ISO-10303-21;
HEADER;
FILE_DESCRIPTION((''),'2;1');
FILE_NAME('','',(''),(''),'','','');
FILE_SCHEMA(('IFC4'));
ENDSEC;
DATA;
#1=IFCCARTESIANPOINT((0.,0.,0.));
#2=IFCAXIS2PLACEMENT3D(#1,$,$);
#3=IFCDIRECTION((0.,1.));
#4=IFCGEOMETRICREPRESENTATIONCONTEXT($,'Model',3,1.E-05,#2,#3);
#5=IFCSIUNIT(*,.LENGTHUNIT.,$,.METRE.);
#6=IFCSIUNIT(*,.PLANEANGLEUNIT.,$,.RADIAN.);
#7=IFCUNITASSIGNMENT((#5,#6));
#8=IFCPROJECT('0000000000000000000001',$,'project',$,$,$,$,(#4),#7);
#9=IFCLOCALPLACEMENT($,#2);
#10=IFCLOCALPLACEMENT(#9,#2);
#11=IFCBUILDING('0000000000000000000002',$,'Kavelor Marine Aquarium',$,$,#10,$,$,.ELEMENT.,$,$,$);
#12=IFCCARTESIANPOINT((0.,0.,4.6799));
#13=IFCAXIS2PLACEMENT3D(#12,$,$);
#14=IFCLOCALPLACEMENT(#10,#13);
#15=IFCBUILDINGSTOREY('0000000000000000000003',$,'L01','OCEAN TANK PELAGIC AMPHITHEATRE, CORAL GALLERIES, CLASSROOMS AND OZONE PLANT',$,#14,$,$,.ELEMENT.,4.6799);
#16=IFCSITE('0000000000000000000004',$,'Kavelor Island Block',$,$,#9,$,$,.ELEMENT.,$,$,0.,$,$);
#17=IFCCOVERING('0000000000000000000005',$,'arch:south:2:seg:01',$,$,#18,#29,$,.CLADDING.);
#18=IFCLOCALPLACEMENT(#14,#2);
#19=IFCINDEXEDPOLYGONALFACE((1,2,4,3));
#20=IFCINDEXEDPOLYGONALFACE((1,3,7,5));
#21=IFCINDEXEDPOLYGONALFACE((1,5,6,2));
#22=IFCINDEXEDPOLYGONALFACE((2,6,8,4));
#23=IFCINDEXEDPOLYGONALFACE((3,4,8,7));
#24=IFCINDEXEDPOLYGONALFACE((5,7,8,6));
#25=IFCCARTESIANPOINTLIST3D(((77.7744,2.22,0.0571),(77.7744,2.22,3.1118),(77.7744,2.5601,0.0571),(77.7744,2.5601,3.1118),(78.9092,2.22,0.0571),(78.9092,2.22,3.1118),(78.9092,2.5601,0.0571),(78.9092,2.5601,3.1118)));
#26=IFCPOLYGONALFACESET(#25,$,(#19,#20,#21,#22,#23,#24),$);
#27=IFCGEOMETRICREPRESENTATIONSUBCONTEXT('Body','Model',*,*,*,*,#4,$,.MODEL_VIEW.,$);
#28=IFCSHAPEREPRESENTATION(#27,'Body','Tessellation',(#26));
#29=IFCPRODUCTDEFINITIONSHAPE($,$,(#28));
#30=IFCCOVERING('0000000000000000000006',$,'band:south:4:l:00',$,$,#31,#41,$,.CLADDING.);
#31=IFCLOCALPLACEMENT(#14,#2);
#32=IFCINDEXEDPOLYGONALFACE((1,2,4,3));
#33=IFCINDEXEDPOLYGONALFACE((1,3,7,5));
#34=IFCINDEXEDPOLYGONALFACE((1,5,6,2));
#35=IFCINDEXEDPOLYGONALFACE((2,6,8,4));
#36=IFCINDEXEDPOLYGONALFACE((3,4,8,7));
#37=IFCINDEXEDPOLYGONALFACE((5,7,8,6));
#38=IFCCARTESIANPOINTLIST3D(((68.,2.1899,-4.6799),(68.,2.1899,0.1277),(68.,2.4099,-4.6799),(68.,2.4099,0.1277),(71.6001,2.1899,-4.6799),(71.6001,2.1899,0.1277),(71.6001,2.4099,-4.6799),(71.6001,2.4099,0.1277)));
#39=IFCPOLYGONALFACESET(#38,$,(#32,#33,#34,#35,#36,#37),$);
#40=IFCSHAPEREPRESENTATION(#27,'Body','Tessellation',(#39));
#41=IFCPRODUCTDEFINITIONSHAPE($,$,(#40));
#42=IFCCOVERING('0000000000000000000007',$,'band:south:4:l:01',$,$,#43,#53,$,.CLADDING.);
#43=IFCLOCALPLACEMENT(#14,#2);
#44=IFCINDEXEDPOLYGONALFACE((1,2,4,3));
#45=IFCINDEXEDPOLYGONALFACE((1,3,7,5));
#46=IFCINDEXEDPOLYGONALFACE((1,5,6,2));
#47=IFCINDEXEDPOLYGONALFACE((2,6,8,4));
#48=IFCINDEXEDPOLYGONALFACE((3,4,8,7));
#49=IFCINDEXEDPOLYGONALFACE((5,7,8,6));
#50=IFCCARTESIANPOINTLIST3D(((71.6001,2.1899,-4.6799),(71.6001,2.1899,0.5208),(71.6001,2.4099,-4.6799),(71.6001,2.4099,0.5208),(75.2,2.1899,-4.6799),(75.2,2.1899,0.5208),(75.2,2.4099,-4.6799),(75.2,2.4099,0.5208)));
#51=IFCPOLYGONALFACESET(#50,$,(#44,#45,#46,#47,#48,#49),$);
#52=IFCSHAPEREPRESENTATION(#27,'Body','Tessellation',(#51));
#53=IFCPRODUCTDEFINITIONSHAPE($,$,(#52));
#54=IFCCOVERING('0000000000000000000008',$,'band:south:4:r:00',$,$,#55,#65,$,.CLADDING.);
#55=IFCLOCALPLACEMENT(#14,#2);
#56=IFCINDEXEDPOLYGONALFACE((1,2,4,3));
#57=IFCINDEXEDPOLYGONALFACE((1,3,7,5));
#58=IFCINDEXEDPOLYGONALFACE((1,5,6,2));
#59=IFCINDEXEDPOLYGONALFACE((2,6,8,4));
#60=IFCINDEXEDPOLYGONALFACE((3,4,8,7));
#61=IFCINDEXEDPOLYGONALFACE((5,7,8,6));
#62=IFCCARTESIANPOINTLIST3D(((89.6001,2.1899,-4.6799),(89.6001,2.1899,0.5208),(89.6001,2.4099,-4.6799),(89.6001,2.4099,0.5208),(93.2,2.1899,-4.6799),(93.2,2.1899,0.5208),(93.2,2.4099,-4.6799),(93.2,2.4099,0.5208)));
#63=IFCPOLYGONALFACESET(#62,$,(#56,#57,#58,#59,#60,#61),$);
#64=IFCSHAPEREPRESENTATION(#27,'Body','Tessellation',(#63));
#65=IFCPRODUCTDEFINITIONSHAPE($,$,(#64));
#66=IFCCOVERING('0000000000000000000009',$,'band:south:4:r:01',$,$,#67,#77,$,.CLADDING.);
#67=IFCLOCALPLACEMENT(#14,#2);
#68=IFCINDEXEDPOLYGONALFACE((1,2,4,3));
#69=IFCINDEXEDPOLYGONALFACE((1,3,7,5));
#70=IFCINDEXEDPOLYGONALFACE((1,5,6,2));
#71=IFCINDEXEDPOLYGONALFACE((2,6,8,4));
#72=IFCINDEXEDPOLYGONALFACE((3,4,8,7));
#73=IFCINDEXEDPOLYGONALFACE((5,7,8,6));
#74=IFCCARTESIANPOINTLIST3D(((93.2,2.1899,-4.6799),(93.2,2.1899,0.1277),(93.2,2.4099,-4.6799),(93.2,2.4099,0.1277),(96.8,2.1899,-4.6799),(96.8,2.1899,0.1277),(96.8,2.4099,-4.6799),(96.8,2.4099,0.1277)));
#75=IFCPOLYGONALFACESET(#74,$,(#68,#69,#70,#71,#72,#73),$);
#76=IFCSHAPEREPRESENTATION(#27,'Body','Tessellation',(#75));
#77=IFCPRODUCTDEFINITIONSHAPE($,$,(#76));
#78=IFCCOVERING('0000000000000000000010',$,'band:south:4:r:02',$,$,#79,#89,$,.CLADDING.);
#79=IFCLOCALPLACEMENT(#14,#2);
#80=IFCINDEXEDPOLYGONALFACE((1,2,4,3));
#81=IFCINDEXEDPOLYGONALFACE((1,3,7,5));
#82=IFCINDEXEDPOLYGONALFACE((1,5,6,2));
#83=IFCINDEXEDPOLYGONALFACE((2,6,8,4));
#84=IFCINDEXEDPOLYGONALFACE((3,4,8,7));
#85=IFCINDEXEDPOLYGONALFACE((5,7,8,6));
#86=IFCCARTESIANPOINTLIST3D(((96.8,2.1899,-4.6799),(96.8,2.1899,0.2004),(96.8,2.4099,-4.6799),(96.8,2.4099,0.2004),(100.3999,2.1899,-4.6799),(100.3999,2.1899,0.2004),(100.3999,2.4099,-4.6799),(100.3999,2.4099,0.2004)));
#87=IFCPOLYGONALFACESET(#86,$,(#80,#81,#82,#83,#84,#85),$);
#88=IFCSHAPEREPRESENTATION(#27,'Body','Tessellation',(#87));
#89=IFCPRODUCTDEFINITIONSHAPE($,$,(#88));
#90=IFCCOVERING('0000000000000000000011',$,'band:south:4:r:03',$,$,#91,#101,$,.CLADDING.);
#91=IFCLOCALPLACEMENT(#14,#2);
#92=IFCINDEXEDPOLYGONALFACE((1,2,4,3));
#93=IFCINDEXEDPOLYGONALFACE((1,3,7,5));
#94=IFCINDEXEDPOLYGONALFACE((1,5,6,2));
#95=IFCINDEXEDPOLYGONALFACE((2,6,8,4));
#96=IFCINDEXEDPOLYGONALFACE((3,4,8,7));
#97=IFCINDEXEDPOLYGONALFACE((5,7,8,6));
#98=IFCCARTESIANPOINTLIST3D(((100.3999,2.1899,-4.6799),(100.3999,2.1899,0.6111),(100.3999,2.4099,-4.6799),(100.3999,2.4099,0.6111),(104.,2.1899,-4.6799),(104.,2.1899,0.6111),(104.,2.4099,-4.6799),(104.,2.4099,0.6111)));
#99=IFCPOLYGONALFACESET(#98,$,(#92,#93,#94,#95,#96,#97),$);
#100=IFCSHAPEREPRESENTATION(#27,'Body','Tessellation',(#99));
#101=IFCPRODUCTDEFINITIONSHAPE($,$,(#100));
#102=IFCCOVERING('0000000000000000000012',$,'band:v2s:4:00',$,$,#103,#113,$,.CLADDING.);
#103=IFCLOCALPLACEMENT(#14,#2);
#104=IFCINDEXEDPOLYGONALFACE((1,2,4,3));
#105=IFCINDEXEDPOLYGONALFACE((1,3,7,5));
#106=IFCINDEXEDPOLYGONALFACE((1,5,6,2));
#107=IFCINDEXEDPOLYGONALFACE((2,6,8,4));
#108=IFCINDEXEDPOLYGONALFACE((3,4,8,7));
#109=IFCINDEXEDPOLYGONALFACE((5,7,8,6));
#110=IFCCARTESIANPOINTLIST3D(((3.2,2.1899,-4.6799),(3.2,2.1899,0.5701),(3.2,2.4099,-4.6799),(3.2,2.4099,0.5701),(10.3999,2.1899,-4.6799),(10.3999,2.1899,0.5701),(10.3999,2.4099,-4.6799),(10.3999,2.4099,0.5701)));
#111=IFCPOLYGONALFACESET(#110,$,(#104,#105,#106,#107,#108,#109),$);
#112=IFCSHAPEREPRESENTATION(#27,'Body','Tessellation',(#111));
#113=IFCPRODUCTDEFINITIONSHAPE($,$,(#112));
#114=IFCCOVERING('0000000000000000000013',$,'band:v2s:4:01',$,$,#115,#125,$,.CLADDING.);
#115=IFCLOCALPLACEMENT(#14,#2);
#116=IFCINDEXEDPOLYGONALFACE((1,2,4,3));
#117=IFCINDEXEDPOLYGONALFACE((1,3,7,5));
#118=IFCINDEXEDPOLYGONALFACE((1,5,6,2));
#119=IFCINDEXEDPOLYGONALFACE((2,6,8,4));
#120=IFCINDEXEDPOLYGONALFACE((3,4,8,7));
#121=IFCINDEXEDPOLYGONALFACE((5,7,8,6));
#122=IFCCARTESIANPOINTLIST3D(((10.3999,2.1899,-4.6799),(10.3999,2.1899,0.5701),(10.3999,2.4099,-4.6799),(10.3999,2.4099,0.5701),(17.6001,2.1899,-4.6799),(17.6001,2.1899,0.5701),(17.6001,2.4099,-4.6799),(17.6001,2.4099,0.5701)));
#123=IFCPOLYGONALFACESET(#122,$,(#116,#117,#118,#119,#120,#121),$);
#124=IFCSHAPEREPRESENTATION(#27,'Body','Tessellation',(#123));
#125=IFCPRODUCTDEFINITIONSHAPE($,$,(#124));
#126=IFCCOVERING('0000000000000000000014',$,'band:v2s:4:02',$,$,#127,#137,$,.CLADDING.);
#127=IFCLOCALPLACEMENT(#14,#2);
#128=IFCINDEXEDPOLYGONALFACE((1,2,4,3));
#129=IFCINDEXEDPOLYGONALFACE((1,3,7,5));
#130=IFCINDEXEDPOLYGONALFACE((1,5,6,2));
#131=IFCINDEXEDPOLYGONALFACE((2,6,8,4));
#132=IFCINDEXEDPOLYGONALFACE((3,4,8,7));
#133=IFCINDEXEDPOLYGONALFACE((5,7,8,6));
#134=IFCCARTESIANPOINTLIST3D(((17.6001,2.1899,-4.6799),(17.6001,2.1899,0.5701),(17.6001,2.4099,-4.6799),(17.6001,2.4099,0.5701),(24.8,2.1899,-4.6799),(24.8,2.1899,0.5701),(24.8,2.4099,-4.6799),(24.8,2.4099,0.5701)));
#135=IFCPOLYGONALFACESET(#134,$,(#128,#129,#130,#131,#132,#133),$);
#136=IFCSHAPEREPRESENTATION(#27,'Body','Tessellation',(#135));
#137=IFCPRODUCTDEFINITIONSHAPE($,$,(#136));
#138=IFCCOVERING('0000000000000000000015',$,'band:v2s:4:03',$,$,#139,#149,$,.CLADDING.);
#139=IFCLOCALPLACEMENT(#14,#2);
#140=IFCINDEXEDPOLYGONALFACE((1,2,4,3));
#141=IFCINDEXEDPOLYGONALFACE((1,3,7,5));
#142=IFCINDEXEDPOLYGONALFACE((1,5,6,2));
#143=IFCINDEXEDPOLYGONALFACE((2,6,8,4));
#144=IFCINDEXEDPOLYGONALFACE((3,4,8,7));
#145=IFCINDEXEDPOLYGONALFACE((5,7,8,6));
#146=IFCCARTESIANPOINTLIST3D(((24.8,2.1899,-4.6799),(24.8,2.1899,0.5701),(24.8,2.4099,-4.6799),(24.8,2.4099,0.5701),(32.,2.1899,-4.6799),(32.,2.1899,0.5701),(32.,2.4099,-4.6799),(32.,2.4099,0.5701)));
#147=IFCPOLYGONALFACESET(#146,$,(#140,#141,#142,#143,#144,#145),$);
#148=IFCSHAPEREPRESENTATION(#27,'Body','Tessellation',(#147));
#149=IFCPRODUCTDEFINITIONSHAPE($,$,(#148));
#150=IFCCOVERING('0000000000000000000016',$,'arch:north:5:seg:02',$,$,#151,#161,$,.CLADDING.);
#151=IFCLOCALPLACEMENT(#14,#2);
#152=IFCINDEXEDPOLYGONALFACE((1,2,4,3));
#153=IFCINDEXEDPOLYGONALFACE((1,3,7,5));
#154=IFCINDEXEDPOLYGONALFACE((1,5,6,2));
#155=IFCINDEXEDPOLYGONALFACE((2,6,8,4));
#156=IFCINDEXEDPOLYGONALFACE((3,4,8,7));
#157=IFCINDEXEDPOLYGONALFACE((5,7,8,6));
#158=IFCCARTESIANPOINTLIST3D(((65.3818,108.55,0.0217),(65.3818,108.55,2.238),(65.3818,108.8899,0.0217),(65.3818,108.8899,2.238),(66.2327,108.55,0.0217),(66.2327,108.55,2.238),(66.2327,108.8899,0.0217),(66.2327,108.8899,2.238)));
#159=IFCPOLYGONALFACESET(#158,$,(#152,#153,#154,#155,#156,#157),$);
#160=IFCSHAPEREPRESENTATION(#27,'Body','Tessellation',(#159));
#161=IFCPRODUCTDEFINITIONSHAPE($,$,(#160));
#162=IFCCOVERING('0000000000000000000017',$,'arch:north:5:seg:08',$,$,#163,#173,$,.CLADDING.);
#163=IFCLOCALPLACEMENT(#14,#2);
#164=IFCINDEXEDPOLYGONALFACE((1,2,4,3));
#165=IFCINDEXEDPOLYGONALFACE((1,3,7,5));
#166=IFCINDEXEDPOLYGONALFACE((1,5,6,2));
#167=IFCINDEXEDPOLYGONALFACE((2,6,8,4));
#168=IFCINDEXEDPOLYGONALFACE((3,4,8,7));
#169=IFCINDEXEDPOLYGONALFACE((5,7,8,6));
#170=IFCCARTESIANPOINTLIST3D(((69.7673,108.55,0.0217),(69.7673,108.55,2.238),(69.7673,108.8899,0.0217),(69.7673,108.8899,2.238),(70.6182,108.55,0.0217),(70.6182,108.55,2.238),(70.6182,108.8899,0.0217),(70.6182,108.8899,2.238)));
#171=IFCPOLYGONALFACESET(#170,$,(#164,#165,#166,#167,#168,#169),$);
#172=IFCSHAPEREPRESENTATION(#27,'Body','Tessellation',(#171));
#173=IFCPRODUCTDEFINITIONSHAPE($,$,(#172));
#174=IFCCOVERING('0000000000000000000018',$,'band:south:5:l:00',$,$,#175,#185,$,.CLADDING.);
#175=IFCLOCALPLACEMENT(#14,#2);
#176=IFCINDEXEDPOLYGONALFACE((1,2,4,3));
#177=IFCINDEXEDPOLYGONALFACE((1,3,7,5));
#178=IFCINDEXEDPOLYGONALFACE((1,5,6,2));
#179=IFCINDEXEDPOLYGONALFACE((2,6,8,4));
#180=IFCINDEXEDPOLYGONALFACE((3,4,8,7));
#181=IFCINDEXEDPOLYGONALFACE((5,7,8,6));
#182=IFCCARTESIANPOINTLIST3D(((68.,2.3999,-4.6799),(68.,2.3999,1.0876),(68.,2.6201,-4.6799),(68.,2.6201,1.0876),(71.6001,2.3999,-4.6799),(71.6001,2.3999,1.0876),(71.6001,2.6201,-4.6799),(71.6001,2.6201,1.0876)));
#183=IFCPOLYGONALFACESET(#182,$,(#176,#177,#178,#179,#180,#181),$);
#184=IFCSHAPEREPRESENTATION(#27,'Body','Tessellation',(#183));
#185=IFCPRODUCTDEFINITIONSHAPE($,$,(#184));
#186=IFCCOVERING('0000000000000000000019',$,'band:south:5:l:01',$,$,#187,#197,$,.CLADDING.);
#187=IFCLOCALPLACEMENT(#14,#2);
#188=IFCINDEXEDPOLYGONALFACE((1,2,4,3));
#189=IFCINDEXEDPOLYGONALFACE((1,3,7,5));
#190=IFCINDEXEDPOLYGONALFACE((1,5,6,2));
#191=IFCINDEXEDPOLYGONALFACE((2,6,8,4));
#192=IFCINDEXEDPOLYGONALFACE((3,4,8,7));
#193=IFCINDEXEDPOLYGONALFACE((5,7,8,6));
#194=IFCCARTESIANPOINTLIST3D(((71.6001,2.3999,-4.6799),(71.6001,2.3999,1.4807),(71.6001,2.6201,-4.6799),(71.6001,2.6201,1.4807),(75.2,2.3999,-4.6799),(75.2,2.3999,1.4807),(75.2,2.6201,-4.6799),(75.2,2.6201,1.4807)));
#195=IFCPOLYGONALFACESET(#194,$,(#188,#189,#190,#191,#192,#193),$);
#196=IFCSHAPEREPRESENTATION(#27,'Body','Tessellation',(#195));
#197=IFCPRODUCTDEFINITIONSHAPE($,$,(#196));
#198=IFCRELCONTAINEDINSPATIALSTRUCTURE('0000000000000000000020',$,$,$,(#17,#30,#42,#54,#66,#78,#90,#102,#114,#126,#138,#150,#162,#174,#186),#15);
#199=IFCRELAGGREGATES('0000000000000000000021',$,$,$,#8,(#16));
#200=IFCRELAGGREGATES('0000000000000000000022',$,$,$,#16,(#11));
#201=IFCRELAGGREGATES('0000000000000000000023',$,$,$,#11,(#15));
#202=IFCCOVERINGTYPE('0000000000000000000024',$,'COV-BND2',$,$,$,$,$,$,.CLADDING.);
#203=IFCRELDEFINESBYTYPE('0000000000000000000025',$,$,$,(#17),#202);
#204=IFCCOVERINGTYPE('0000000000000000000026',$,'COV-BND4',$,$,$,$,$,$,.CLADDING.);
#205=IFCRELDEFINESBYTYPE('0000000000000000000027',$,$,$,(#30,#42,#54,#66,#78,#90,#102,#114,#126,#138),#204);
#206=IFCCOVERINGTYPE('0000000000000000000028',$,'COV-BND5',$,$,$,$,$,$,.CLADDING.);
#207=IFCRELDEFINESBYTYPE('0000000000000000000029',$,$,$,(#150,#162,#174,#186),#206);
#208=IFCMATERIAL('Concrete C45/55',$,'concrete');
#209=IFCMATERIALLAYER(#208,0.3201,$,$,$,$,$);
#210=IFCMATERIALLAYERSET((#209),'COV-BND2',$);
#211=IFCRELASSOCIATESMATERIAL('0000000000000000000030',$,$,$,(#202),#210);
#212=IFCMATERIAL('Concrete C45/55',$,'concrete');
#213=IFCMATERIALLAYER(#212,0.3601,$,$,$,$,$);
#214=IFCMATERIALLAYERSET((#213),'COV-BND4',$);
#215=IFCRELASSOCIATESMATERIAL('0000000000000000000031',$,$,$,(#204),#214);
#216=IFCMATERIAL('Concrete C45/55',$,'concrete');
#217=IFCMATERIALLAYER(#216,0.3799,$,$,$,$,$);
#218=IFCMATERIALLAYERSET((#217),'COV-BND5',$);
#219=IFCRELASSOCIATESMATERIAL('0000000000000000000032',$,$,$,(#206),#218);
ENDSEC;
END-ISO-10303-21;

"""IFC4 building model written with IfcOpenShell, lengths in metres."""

from ifc_helpers import new_model, si_unit, direction, frame, origin, place, context, subcontext, project, spatial, polyline, outline, extrude, material, layer, layer_set, type_object, element, save


model = new_model("IFC4")

# Units and contexts
model_context = context("Model", 3, precision=1e-05, world=origin(), true_north=direction((0.0, 1.0)))
body_context = subcontext(model_context, "Body", "Model", "MODEL_VIEW")
ifc_project = project(units=[si_unit("LENGTHUNIT", "METRE"), si_unit("PLANEANGLEUNIT", "RADIAN")], contexts=[model_context])

# Site, building, storey
site_placement = place(None, origin())
site = spatial("IfcSite", under=ifc_project, at=site_placement, Name="Kavelor Island Block", CompositionType="ELEMENT", RefElevation=0.0)
building_placement = place(site_placement, origin())
building = spatial("IfcBuilding", under=site, at=building_placement, Name="Kavelor Marine Aquarium", CompositionType="ELEMENT")
storey_placement = place(building_placement, frame((0.0, 0.0, 4.6799)))
storey = spatial("IfcBuildingStorey", under=building, at=storey_placement, Name="L01", Description="OCEAN TANK PELAGIC AMPHITHEATRE, CORAL GALLERIES, CLASSROOMS AND OZONE PLANT", CompositionType="ELEMENT", Elevation=4.6799)

# Coverings
ifc_material_1 = material(Name="Concrete C45/55", Category="concrete")
ifc_layer_1 = layer(ifc_material_1, 0.3201)
ifc_layer_set_1 = layer_set([ifc_layer_1], Name="COV-BND2")
covering_type_1 = type_object("IfcCoveringType", Name="COV-BND2", PredefinedType="CLADDING", material=ifc_layer_set_1)
covering_1_placement = place(storey_placement, frame((0.0, 0.0, 0.0571)))
element("IfcCovering", 1, at=covering_1_placement, inside=storey, type_object=covering_type_1, Name="arch:south:2:seg:01", PredefinedType="CLADDING", context=body_context, shape_type="SweptSolid", body=[
    extrude(outline(polyline([(77.7744, 2.22), (78.9092, 2.22), (78.9092, 2.5601), (77.7744, 2.5601), (77.7744, 2.22)])), origin(), (0.0, 0.0, 1.0), 3.0547),
])
ifc_material_2 = material(Name="Concrete C45/55", Category="concrete")
ifc_layer_2 = layer(ifc_material_2, 0.3601)
ifc_layer_set_2 = layer_set([ifc_layer_2], Name="COV-BND4")
covering_type_2 = type_object("IfcCoveringType", Name="COV-BND4", PredefinedType="CLADDING", material=ifc_layer_set_2)
covering_2_placement = place(storey_placement, frame((0.0, 0.0, -4.6799)))
element("IfcCovering", 2, at=covering_2_placement, inside=storey, type_object=covering_type_2, Name="band:south:4:l:00", PredefinedType="CLADDING", context=body_context, shape_type="SweptSolid", body=[
    extrude(outline(polyline([(68.0, 2.1899), (71.6001, 2.1899), (71.6001, 2.4099), (68.0, 2.4099), (68.0, 2.1899)])), origin(), (0.0, 0.0, 1.0), 4.8076),
])
covering_3_placement = place(storey_placement, frame((0.0, 0.0, -4.6799)))
element("IfcCovering", 3, at=covering_3_placement, inside=storey, type_object=covering_type_2, Name="band:south:4:l:01", PredefinedType="CLADDING", context=body_context, shape_type="SweptSolid", body=[
    extrude(outline(polyline([(71.6001, 2.1899), (75.2, 2.1899), (75.2, 2.4099), (71.6001, 2.4099), (71.6001, 2.1899)])), origin(), (0.0, 0.0, 1.0), 5.2007),
])
covering_4_placement = place(storey_placement, frame((0.0, 0.0, -4.6799)))
element("IfcCovering", 4, at=covering_4_placement, inside=storey, type_object=covering_type_2, Name="band:south:4:r:00", PredefinedType="CLADDING", context=body_context, shape_type="SweptSolid", body=[
    extrude(outline(polyline([(89.6001, 2.1899), (93.2, 2.1899), (93.2, 2.4099), (89.6001, 2.4099), (89.6001, 2.1899)])), origin(), (0.0, 0.0, 1.0), 5.2007),
])
covering_5_placement = place(storey_placement, frame((0.0, 0.0, -4.6799)))
element("IfcCovering", 5, at=covering_5_placement, inside=storey, type_object=covering_type_2, Name="band:south:4:r:01", PredefinedType="CLADDING", context=body_context, shape_type="SweptSolid", body=[
    extrude(outline(polyline([(93.2, 2.1899), (96.8, 2.1899), (96.8, 2.4099), (93.2, 2.4099), (93.2, 2.1899)])), origin(), (0.0, 0.0, 1.0), 4.8076),
])
covering_6_placement = place(storey_placement, frame((0.0, 0.0, -4.6799)))
element("IfcCovering", 6, at=covering_6_placement, inside=storey, type_object=covering_type_2, Name="band:south:4:r:02", PredefinedType="CLADDING", context=body_context, shape_type="SweptSolid", body=[
    extrude(outline(polyline([(96.8, 2.1899), (100.3999, 2.1899), (100.3999, 2.4099), (96.8, 2.4099), (96.8, 2.1899)])), origin(), (0.0, 0.0, 1.0), 4.8804),
])
covering_7_placement = place(storey_placement, frame((0.0, 0.0, -4.6799)))
element("IfcCovering", 7, at=covering_7_placement, inside=storey, type_object=covering_type_2, Name="band:south:4:r:03", PredefinedType="CLADDING", context=body_context, shape_type="SweptSolid", body=[
    extrude(outline(polyline([(100.3999, 2.1899), (104.0, 2.1899), (104.0, 2.4099), (100.3999, 2.4099), (100.3999, 2.1899)])), origin(), (0.0, 0.0, 1.0), 5.291),
])
covering_8_placement = place(storey_placement, frame((0.0, 0.0, -4.6799)))
element("IfcCovering", 8, at=covering_8_placement, inside=storey, type_object=covering_type_2, Name="band:v2s:4:00", PredefinedType="CLADDING", context=body_context, shape_type="SweptSolid", body=[
    extrude(outline(polyline([(3.2, 2.1899), (10.3999, 2.1899), (10.3999, 2.4099), (3.2, 2.4099), (3.2, 2.1899)])), origin(), (0.0, 0.0, 1.0), 5.25),
])
covering_9_placement = place(storey_placement, frame((0.0, 0.0, -4.6799)))
element("IfcCovering", 9, at=covering_9_placement, inside=storey, type_object=covering_type_2, Name="band:v2s:4:01", PredefinedType="CLADDING", context=body_context, shape_type="SweptSolid", body=[
    extrude(outline(polyline([(10.3999, 2.1899), (17.6001, 2.1899), (17.6001, 2.4099), (10.3999, 2.4099), (10.3999, 2.1899)])), origin(), (0.0, 0.0, 1.0), 5.25),
])
covering_10_placement = place(storey_placement, frame((0.0, 0.0, -4.6799)))
element("IfcCovering", 10, at=covering_10_placement, inside=storey, type_object=covering_type_2, Name="band:v2s:4:02", PredefinedType="CLADDING", context=body_context, shape_type="SweptSolid", body=[
    extrude(outline(polyline([(17.6001, 2.1899), (24.8, 2.1899), (24.8, 2.4099), (17.6001, 2.4099), (17.6001, 2.1899)])), origin(), (0.0, 0.0, 1.0), 5.25),
])
covering_11_placement = place(storey_placement, frame((0.0, 0.0, -4.6799)))
element("IfcCovering", 11, at=covering_11_placement, inside=storey, type_object=covering_type_2, Name="band:v2s:4:03", PredefinedType="CLADDING", context=body_context, shape_type="SweptSolid", body=[
    extrude(outline(polyline([(24.8, 2.1899), (32.0, 2.1899), (32.0, 2.4099), (24.8, 2.4099), (24.8, 2.1899)])), origin(), (0.0, 0.0, 1.0), 5.25),
])
ifc_material_3 = material(Name="Concrete C45/55", Category="concrete")
ifc_layer_3 = layer(ifc_material_3, 0.3799)
ifc_layer_set_3 = layer_set([ifc_layer_3], Name="COV-BND5")
covering_type_3 = type_object("IfcCoveringType", Name="COV-BND5", PredefinedType="CLADDING", material=ifc_layer_set_3)
covering_12_placement = place(storey_placement, frame((0.0, 0.0, 0.0217)))
element("IfcCovering", 12, at=covering_12_placement, inside=storey, type_object=covering_type_3, Name="arch:north:5:seg:02", PredefinedType="CLADDING", context=body_context, shape_type="SweptSolid", body=[
    extrude(outline(polyline([(65.3818, 108.55), (66.2327, 108.55), (66.2327, 108.8899), (65.3818, 108.8899), (65.3818, 108.55)])), origin(), (0.0, 0.0, 1.0), 2.2163),
])
covering_13_placement = place(storey_placement, frame((0.0, 0.0, 0.0217)))
element("IfcCovering", 13, at=covering_13_placement, inside=storey, type_object=covering_type_3, Name="arch:north:5:seg:08", PredefinedType="CLADDING", context=body_context, shape_type="SweptSolid", body=[
    extrude(outline(polyline([(69.7673, 108.55), (70.6182, 108.55), (70.6182, 108.8899), (69.7673, 108.8899), (69.7673, 108.55)])), origin(), (0.0, 0.0, 1.0), 2.2163),
])
covering_14_placement = place(storey_placement, frame((0.0, 0.0, -4.6799)))
element("IfcCovering", 14, at=covering_14_placement, inside=storey, type_object=covering_type_3, Name="band:south:5:l:00", PredefinedType="CLADDING", context=body_context, shape_type="SweptSolid", body=[
    extrude(outline(polyline([(68.0, 2.3999), (71.6001, 2.3999), (71.6001, 2.6201), (68.0, 2.6201), (68.0, 2.3999)])), origin(), (0.0, 0.0, 1.0), 5.7676),
])
covering_15_placement = place(storey_placement, frame((0.0, 0.0, -4.6799)))
element("IfcCovering", 15, at=covering_15_placement, inside=storey, type_object=covering_type_3, Name="band:south:5:l:01", PredefinedType="CLADDING", context=body_context, shape_type="SweptSolid", body=[
    extrude(outline(polyline([(71.6001, 2.3999), (75.2, 2.3999), (75.2, 2.6201), (71.6001, 2.6201), (71.6001, 2.3999)])), origin(), (0.0, 0.0, 1.0), 6.1606),
])

save(model, "model.ifc")
